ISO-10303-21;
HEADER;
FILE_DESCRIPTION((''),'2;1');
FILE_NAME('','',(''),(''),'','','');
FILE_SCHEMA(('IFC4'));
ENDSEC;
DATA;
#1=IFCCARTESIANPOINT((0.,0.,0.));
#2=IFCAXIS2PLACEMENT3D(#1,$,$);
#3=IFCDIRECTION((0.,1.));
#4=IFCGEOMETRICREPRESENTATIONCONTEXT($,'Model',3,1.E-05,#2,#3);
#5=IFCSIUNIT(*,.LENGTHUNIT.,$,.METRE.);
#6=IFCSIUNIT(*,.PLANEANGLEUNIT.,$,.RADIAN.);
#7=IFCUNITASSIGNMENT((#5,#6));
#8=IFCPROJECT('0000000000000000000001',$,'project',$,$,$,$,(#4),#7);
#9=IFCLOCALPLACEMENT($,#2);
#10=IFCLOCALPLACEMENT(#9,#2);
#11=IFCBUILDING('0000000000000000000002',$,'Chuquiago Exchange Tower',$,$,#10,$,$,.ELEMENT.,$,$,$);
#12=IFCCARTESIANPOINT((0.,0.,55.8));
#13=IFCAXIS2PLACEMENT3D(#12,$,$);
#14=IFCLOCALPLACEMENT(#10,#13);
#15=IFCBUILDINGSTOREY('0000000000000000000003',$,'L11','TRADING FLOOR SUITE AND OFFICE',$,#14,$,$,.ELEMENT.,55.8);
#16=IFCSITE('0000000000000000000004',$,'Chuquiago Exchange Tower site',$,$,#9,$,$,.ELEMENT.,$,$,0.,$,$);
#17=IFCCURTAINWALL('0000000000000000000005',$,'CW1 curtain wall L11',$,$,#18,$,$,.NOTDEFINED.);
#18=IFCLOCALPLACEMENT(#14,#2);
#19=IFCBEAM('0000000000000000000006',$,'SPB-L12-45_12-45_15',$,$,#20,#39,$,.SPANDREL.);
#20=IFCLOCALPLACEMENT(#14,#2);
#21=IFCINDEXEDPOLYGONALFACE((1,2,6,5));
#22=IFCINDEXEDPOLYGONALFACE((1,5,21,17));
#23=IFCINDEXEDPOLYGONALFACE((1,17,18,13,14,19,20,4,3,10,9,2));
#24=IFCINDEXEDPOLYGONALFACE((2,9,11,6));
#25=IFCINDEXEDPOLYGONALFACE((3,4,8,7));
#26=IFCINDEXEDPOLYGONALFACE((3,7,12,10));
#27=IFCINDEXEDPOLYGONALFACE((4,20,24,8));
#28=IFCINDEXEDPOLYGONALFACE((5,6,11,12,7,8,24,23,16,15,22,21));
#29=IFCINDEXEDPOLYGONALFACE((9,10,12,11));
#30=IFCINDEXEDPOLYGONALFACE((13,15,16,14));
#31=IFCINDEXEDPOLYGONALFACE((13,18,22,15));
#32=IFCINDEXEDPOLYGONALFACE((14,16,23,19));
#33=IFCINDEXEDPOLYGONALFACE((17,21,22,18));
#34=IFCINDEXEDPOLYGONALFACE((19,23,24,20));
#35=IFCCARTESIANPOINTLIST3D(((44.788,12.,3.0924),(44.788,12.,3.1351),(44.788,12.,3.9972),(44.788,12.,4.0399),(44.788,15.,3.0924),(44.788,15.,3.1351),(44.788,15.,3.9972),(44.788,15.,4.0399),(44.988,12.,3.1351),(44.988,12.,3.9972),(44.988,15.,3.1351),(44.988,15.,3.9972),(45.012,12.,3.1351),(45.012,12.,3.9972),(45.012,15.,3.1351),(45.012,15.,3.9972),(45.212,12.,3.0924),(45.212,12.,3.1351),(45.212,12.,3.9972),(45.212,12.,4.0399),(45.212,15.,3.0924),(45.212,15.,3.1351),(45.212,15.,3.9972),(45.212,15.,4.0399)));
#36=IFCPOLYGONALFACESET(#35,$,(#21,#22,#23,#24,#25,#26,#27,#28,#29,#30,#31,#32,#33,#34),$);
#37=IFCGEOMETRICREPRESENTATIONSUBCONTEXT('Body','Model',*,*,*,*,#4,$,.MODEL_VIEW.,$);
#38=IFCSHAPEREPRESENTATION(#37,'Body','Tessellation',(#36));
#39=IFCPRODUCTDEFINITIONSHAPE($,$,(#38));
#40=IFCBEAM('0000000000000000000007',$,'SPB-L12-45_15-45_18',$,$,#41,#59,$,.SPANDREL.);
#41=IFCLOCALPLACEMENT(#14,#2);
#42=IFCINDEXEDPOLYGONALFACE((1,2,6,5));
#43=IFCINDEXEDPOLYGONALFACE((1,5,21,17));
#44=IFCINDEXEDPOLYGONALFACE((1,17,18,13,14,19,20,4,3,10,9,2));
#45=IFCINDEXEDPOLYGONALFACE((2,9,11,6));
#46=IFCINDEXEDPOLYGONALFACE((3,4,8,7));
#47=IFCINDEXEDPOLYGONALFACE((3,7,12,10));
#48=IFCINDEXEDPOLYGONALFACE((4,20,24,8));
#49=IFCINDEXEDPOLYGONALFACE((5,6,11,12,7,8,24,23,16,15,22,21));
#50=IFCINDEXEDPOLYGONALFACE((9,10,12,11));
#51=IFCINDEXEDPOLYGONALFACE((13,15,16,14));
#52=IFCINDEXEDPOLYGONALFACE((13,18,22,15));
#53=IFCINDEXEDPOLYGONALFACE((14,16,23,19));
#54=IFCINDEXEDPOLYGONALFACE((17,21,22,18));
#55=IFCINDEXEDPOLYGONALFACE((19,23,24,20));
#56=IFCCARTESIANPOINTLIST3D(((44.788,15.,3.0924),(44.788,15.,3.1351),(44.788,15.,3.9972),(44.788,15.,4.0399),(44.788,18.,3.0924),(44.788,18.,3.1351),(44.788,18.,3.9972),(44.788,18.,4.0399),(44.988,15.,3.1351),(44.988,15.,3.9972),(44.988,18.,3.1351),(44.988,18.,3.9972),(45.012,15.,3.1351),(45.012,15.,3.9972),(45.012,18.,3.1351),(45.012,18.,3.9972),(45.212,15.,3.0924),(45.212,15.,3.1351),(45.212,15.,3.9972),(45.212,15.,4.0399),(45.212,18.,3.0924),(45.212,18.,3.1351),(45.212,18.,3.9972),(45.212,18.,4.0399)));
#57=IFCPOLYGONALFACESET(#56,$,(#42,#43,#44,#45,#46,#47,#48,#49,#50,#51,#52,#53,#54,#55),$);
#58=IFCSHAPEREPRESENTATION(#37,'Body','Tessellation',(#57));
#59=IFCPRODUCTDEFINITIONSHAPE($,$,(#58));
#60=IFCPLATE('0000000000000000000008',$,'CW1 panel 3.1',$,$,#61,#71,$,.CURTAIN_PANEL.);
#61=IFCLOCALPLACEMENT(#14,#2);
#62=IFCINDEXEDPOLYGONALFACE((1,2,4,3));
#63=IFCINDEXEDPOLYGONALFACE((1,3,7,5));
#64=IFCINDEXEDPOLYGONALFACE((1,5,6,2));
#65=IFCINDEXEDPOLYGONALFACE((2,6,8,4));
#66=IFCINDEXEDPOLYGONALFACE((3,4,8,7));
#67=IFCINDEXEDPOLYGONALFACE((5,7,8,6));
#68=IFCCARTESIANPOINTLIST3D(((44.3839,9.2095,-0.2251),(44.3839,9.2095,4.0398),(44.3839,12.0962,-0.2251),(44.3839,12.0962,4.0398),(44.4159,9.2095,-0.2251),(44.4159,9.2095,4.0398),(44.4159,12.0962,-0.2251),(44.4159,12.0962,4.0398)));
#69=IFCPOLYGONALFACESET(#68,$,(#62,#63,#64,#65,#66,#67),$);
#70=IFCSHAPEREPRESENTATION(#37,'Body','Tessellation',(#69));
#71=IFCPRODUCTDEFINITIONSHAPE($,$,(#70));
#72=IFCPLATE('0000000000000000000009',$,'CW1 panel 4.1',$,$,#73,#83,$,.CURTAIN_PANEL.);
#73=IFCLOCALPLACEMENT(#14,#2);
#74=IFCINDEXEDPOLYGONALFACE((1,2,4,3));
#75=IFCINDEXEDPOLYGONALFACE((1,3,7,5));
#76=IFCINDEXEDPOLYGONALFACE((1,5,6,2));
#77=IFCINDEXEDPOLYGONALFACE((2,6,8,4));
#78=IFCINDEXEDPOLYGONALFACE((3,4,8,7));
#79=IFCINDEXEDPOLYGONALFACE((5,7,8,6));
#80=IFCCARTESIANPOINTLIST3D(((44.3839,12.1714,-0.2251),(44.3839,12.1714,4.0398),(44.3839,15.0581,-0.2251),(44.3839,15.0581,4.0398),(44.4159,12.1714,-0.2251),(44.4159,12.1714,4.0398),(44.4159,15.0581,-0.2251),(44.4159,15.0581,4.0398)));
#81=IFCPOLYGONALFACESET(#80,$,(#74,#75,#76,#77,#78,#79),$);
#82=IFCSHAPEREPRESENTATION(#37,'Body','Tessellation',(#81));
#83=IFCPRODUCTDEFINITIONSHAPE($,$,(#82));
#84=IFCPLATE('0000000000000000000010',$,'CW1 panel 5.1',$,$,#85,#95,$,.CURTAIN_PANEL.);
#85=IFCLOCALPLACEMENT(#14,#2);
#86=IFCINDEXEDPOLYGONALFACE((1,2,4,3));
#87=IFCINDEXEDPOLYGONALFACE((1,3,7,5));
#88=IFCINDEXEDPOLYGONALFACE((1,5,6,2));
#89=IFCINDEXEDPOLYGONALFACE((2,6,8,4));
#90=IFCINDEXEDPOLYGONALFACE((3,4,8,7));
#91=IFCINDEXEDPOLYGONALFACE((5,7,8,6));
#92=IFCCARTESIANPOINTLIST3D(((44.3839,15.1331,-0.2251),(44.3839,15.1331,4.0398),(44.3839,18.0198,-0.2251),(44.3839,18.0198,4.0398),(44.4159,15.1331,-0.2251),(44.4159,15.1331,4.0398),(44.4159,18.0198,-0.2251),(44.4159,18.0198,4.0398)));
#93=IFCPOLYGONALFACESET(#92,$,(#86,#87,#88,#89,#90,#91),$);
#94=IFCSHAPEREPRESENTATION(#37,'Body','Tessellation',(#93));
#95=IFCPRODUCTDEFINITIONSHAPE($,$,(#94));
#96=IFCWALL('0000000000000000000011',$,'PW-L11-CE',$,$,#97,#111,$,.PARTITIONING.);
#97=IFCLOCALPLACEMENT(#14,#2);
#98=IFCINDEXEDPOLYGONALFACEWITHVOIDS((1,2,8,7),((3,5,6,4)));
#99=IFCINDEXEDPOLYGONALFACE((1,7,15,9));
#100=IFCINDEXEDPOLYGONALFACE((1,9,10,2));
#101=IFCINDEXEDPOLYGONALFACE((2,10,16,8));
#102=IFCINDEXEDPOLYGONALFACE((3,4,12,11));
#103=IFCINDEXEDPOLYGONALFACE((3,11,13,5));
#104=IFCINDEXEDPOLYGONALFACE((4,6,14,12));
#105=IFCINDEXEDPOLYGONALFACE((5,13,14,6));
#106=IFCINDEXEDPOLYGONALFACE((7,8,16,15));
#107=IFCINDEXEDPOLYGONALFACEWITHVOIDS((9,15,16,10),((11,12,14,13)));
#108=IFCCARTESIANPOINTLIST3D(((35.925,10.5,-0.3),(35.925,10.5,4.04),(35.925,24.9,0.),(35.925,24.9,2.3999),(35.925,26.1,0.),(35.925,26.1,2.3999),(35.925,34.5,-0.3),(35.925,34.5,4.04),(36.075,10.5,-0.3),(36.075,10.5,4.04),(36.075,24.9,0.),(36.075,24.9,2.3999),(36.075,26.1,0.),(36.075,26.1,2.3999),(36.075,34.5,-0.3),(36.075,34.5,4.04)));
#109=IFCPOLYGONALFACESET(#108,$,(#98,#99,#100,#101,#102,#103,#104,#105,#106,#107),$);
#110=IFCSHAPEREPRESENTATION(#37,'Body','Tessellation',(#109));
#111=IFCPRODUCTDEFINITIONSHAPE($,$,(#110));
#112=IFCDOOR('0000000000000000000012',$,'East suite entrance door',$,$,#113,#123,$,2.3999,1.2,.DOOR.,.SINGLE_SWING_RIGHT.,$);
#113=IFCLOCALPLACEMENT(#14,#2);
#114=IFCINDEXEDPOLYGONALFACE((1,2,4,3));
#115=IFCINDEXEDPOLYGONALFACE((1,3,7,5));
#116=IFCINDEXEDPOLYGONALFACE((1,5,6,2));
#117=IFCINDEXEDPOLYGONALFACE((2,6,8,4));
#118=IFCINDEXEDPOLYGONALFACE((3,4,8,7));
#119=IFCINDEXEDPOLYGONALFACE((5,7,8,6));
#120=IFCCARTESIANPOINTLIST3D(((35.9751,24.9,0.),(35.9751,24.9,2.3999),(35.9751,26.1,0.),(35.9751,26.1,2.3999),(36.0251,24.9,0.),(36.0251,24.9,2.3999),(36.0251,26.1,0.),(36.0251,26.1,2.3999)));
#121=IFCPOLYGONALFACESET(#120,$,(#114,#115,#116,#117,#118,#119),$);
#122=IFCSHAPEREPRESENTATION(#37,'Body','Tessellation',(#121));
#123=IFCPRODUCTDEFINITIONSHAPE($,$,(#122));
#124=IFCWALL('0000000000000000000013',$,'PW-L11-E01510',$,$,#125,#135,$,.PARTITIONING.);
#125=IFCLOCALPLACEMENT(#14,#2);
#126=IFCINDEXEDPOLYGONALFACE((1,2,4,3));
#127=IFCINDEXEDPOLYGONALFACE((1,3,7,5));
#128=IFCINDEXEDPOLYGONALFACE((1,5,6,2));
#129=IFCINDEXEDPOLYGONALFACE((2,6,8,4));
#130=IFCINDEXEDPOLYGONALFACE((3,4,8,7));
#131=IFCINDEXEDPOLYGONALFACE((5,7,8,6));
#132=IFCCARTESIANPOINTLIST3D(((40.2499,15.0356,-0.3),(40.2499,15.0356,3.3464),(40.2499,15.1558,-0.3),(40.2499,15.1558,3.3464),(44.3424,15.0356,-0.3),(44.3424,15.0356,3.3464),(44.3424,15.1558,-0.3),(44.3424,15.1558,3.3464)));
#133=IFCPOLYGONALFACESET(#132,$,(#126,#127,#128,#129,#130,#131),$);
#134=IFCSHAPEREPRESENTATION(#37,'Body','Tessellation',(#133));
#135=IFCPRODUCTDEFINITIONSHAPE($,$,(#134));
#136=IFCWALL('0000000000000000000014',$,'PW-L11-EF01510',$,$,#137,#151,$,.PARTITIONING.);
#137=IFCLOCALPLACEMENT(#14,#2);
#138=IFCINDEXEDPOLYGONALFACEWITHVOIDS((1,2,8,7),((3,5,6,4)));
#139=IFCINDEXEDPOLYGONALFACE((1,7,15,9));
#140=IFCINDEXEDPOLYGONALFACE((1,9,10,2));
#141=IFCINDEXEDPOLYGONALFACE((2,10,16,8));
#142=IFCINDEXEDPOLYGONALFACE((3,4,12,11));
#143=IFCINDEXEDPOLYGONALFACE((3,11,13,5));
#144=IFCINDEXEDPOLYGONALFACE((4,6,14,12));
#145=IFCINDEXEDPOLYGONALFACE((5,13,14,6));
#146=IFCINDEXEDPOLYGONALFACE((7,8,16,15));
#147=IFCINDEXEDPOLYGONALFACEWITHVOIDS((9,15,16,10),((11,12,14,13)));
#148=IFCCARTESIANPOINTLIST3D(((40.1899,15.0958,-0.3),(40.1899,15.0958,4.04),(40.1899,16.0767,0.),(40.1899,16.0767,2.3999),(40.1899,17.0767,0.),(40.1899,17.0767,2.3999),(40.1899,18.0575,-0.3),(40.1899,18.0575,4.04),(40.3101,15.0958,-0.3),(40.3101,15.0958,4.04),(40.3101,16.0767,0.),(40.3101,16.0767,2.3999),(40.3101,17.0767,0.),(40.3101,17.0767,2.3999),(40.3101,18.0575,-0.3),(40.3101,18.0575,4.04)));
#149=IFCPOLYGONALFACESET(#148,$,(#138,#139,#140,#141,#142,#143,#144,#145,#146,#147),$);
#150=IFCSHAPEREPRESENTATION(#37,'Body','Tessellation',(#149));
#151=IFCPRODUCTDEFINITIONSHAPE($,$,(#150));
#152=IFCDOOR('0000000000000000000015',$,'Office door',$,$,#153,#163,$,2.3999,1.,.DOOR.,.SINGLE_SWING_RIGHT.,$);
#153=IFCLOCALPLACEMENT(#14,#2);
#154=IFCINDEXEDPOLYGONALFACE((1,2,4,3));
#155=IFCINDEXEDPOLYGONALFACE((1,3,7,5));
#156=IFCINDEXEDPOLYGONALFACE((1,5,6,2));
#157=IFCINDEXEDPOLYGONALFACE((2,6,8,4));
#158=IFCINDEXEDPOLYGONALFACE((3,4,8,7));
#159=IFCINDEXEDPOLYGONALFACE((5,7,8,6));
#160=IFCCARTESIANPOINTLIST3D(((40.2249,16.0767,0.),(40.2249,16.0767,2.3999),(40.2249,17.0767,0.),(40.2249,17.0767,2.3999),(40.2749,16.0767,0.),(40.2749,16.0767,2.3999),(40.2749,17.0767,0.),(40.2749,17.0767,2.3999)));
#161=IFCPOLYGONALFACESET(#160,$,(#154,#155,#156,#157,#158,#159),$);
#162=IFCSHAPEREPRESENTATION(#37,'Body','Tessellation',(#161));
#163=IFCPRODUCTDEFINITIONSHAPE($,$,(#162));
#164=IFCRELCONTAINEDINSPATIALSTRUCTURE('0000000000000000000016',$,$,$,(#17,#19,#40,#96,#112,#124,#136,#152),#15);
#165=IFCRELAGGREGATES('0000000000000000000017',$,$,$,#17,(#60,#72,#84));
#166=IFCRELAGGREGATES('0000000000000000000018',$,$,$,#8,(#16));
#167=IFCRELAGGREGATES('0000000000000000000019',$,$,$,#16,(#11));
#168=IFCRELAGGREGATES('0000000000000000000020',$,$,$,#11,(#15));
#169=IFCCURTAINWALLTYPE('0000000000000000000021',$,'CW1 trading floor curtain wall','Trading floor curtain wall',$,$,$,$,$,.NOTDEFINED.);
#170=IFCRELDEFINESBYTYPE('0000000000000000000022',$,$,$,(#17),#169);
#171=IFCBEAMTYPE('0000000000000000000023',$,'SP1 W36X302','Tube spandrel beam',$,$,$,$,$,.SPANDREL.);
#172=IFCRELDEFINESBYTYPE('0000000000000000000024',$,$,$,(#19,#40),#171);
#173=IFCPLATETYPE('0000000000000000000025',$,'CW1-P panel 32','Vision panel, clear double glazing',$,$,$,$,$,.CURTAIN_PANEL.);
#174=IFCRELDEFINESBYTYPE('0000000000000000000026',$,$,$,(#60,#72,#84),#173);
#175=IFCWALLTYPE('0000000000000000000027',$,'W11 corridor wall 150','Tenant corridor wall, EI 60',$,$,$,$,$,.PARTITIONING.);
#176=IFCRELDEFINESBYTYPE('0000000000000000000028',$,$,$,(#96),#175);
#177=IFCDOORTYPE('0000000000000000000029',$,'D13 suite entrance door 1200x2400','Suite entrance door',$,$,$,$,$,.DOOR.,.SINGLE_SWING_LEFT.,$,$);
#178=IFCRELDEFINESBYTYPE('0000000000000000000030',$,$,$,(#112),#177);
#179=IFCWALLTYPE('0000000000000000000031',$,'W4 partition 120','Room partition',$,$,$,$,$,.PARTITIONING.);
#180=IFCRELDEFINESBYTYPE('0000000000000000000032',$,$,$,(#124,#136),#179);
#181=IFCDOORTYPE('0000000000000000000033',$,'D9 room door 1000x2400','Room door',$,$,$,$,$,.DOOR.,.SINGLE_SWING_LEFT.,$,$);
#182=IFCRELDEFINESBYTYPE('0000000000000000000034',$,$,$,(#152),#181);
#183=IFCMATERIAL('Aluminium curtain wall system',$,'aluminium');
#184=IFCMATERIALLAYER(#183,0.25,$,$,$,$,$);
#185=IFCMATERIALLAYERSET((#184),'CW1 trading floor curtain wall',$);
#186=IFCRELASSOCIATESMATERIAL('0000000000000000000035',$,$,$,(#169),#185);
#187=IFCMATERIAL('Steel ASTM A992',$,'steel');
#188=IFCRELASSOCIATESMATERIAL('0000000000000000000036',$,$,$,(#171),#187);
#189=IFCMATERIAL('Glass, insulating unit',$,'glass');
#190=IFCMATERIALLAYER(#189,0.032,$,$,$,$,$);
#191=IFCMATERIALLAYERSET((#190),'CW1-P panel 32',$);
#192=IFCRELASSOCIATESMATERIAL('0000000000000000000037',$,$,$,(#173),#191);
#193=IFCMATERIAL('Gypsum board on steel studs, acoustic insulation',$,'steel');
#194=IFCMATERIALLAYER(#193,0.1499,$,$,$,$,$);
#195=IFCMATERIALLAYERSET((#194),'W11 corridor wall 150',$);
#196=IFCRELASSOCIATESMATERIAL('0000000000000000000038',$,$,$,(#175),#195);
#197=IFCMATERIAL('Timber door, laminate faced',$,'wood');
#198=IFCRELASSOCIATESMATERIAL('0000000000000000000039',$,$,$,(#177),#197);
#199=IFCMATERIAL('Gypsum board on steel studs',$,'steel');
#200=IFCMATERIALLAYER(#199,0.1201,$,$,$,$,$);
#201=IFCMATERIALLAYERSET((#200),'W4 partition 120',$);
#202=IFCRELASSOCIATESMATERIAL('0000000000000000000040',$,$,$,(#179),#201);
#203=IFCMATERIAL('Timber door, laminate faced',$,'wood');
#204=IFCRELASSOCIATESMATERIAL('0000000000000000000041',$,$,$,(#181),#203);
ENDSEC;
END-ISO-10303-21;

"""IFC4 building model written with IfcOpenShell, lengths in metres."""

from ifc_helpers import new_model, si_unit, direction, frame, frame_2d, origin, origin_2d, place, context, subcontext, project, spatial, rectangle, i_section, extrude, material, layer, layer_set, material_profile, profile_set, type_object, element, fill, aggregate, save


model = new_model("IFC4")

# Units and contexts
model_context = context("Model", 3, precision=1e-05, world=origin(), true_north=direction((0.0, 1.0)))
body_context = subcontext(model_context, "Body", "Model", "MODEL_VIEW")
ifc_project = project(units=[si_unit("LENGTHUNIT", "METRE"), si_unit("PLANEANGLEUNIT", "RADIAN")], contexts=[model_context])

# Site, building, storey
site_placement = place(None, origin())
site = spatial("IfcSite", under=ifc_project, at=site_placement, Name="Chuquiago Exchange Tower site", CompositionType="ELEMENT", RefElevation=0.0)
building_placement = place(site_placement, origin())
building = spatial("IfcBuilding", under=site, at=building_placement, Name="Chuquiago Exchange Tower", CompositionType="ELEMENT")
storey_placement = place(building_placement, frame((0.0, 0.0, 55.8)))
storey = spatial("IfcBuildingStorey", under=building, at=storey_placement, Name="L11", Description="TRADING FLOOR SUITE AND OFFICE", CompositionType="ELEMENT", Elevation=55.8)

# Curtain wall
ifc_material_1 = material(Name="Aluminium curtain wall system", Category="aluminium")
ifc_layer_1 = layer(ifc_material_1, 0.25)
ifc_layer_set_1 = layer_set([ifc_layer_1], Name="CW1 trading floor curtain wall")
curtain_wall_type = type_object("IfcCurtainWallType", Name="CW1 trading floor curtain wall", Description="Trading floor curtain wall", PredefinedType="NOTDEFINED", material=ifc_layer_set_1)
curtain_wall_placement = place(storey_placement, origin())
curtain_wall = element("IfcCurtainWall", 1, at=curtain_wall_placement, inside=storey, type_object=curtain_wall_type, Name="CW1 curtain wall L11", PredefinedType="NOTDEFINED")

# Beams
ifc_material_2 = material(Name="Steel ASTM A992", Category="steel")
ifc_material_profile_1 = material_profile(ifc_material_2, i_section(OverallWidth=0.4241, OverallDepth=0.9475, WebThickness=0.0239, FlangeThickness=0.0427, at=origin_2d()), Name="W36X302")
ifc_profile_set_1 = profile_set([ifc_material_profile_1], Name="Steel ASTM A992")
beam_type_1 = type_object("IfcBeamType", Name="SP1 W36X302", Description="Tube spandrel beam", PredefinedType="SPANDREL", material=ifc_profile_set_1)
for number, where, z_axis, x_axis, name in (
    (2, (45.0, 12.0, 3.5662), (0.0, 1.0, 0.0), (-1.0, 0.0, 0.0), "SPB-L12-45_12-45_15"),
    (3, (45.0, 15.0, 3.5662), (0.0, 1.0, 0.0), (-1.0, 0.0, 0.0), "SPB-L12-45_15-45_18"),
):
    element("IfcBeam", number, at=place(storey_placement, frame(where, z_axis=z_axis, x_axis=x_axis)), inside=storey, type_object=beam_type_1, Name=name, PredefinedType="SPANDREL", context=body_context, shape_type="SweptSolid", body=[
        extrude(i_section(OverallWidth=0.4241, OverallDepth=0.9475, WebThickness=0.0239, FlangeThickness=0.0427, at=origin_2d()), origin(), (0.0, 0.0, 1.0), 3.0),
    ])

# Plates
ifc_material_3 = material(Name="Glass, insulating unit", Category="glass")
ifc_layer_2 = layer(ifc_material_3, 0.032)
ifc_layer_set_2 = layer_set([ifc_layer_2], Name="CW1-P panel 32")
plate_type = type_object("IfcPlateType", Name="CW1-P panel 32", Description="Vision panel, clear double glazing", PredefinedType="CURTAIN_PANEL", material=ifc_layer_set_2)
plate_1_placement = place(storey_placement, frame((44.3999, 10.6528, -0.2251), z_axis=(0.0, 0.0, 1.0), x_axis=(0.0, 1.0, 0.0)))
plate_1 = element("IfcPlate", 4, at=plate_1_placement, type_object=plate_type, Name="CW1 panel 3.1", PredefinedType="CURTAIN_PANEL", context=body_context, shape_type="SweptSolid", body=[
    extrude(rectangle(XDim=2.8867, YDim=0.032, at=origin_2d()), origin(), (0.0, 0.0, 1.0), 4.2649),
])
plate_2_placement = place(storey_placement, frame((44.3999, 13.6147, -0.2251), z_axis=(0.0, 0.0, 1.0), x_axis=(0.0, 1.0, 0.0)))
plate_2 = element("IfcPlate", 5, at=plate_2_placement, type_object=plate_type, Name="CW1 panel 4.1", PredefinedType="CURTAIN_PANEL", context=body_context, shape_type="SweptSolid", body=[
    extrude(rectangle(XDim=2.8867, YDim=0.032, at=origin_2d()), origin(), (0.0, 0.0, 1.0), 4.2649),
])
plate_3_placement = place(storey_placement, frame((44.3999, 16.5764, -0.2251), z_axis=(0.0, 0.0, 1.0), x_axis=(0.0, 1.0, 0.0)))
plate_3 = element("IfcPlate", 6, at=plate_3_placement, type_object=plate_type, Name="CW1 panel 5.1", PredefinedType="CURTAIN_PANEL", context=body_context, shape_type="SweptSolid", body=[
    extrude(rectangle(XDim=2.8867, YDim=0.032, at=origin_2d()), origin(), (0.0, 0.0, 1.0), 4.2649),
])
aggregate(curtain_wall, [plate_1, plate_2, plate_3])

# Wall, opening, door
ifc_material_4 = material(Name="Gypsum board on steel studs, acoustic insulation", Category="steel")
ifc_layer_3 = layer(ifc_material_4, 0.1499)
ifc_layer_set_3 = layer_set([ifc_layer_3], Name="W11 corridor wall 150")
wall_type_1 = type_object("IfcWallType", Name="W11 corridor wall 150", Description="Tenant corridor wall, EI 60", PredefinedType="PARTITIONING", material=ifc_layer_set_3)
wall_1_placement = place(storey_placement, frame((36.0, 10.5, -0.3), z_axis=(0.0, 0.0, 1.0), x_axis=(0.0, 1.0, 0.0)))
wall_1 = element("IfcWall", 7, at=wall_1_placement, inside=storey, type_object=wall_type_1, Name="PW-L11-CE", PredefinedType="PARTITIONING", context=body_context, shape_type="SweptSolid", body=[
    extrude(rectangle(XDim=24.0, YDim=0.1499, at=frame_2d((12.0, 0.0))), origin(), (0.0, 0.0, 1.0), 4.3401),
])
opening_1_placement = place(wall_1_placement, frame((14.3999, 0.0, 0.3)))
opening_1 = element("IfcOpeningElement", 8, at=opening_1_placement, cuts=wall_1, PredefinedType="OPENING", context=body_context, shape_type="SweptSolid", body=[
    extrude(rectangle(XDim=1.2, YDim=2.3999, at=frame_2d((0.6001, 1.2))), frame((0.0, 0.085, 0.0), z_axis=(0.0, -1.0, 0.0), x_axis=(1.0, 0.0, 0.0)), (0.0, 0.0, 1.0), 0.1699),
])
ifc_material_5 = material(Name="Timber door, laminate faced", Category="wood")
door_type_1 = type_object("IfcDoorType", Name="D13 suite entrance door 1200x2400", Description="Suite entrance door", OperationType="SINGLE_SWING_LEFT", PredefinedType="DOOR", material=ifc_material_5)
door_1_placement = place(opening_1_placement, origin())
door_1 = element("IfcDoor", 9, at=door_1_placement, inside=storey, type_object=door_type_1, Name="East suite entrance door", OperationType="SINGLE_SWING_RIGHT", OverallHeight=2.3999, OverallWidth=1.2, PredefinedType="DOOR", context=body_context, shape_type="SweptSolid", body=[
    extrude(rectangle(XDim=1.2, YDim=2.3999, at=frame_2d((0.6001, 1.2))), frame((0.0, 0.0249, 0.0), z_axis=(0.0, -1.0, 0.0), x_axis=(1.0, 0.0, 0.0)), (0.0, 0.0, 1.0), 0.05),
])
fill(opening_1, door_1)

# Wall
ifc_material_6 = material(Name="Gypsum board on steel studs", Category="steel")
ifc_layer_4 = layer(ifc_material_6, 0.1201)
ifc_layer_set_4 = layer_set([ifc_layer_4], Name="W4 partition 120")
wall_type_2 = type_object("IfcWallType", Name="W4 partition 120", Description="Room partition", PredefinedType="PARTITIONING", material=ifc_layer_set_4)
wall_2_placement = place(storey_placement, frame((44.3425, 15.0957, -0.3), z_axis=(0.0, 0.0, 1.0), x_axis=(-1.0, 0.0, 0.0)))
element("IfcWall", 10, at=wall_2_placement, inside=storey, type_object=wall_type_2, Name="PW-L11-E01510", PredefinedType="PARTITIONING", context=body_context, shape_type="SweptSolid", body=[
    extrude(rectangle(XDim=4.0925, YDim=0.1201, at=frame_2d((2.0464, 0.0))), origin(), (0.0, 0.0, 1.0), 3.6465),
])

# Wall, opening, door
wall_3_placement = place(storey_placement, frame((40.25, 15.0957, -0.3), z_axis=(0.0, 0.0, 1.0), x_axis=(0.0, 1.0, 0.0)))
wall_3 = element("IfcWall", 11, at=wall_3_placement, inside=storey, type_object=wall_type_2, Name="PW-L11-EF01510", PredefinedType="PARTITIONING", context=body_context, shape_type="SweptSolid", body=[
    extrude(rectangle(XDim=2.9617, YDim=0.1201, at=frame_2d((1.481, 0.0))), origin(), (0.0, 0.0, 1.0), 4.3401),
])
opening_2_placement = place(wall_3_placement, frame((0.981, 0.0, 0.3)))
opening_2 = element("IfcOpeningElement", 12, at=opening_2_placement, cuts=wall_3, PredefinedType="OPENING", context=body_context, shape_type="SweptSolid", body=[
    extrude(rectangle(XDim=1.0, YDim=2.3999, at=frame_2d((0.5, 1.2))), frame((0.0, 0.0701, 0.0), z_axis=(0.0, -1.0, 0.0), x_axis=(1.0, 0.0, 0.0)), (0.0, 0.0, 1.0), 0.1401),
])
ifc_material_7 = material(Name="Timber door, laminate faced", Category="wood")
door_type_2 = type_object("IfcDoorType", Name="D9 room door 1000x2400", Description="Room door", OperationType="SINGLE_SWING_LEFT", PredefinedType="DOOR", material=ifc_material_7)
door_2_placement = place(opening_2_placement, frame((1.0, 0.0, 0.0), z_axis=(0.0, 0.0, 1.0), x_axis=(-1.0, 0.0, 0.0)))
door_2 = element("IfcDoor", 13, at=door_2_placement, inside=storey, type_object=door_type_2, Name="Office door", OperationType="SINGLE_SWING_RIGHT", OverallHeight=2.3999, OverallWidth=1.0, PredefinedType="DOOR", context=body_context, shape_type="SweptSolid", body=[
    extrude(rectangle(XDim=1.0, YDim=2.3999, at=frame_2d((0.5, 1.2))), frame((0.0, 0.0249, 0.0), z_axis=(0.0, -1.0, 0.0), x_axis=(1.0, 0.0, 0.0)), (0.0, 0.0, 1.0), 0.05),
])
fill(opening_2, door_2)

save(model, "model.ifc")
